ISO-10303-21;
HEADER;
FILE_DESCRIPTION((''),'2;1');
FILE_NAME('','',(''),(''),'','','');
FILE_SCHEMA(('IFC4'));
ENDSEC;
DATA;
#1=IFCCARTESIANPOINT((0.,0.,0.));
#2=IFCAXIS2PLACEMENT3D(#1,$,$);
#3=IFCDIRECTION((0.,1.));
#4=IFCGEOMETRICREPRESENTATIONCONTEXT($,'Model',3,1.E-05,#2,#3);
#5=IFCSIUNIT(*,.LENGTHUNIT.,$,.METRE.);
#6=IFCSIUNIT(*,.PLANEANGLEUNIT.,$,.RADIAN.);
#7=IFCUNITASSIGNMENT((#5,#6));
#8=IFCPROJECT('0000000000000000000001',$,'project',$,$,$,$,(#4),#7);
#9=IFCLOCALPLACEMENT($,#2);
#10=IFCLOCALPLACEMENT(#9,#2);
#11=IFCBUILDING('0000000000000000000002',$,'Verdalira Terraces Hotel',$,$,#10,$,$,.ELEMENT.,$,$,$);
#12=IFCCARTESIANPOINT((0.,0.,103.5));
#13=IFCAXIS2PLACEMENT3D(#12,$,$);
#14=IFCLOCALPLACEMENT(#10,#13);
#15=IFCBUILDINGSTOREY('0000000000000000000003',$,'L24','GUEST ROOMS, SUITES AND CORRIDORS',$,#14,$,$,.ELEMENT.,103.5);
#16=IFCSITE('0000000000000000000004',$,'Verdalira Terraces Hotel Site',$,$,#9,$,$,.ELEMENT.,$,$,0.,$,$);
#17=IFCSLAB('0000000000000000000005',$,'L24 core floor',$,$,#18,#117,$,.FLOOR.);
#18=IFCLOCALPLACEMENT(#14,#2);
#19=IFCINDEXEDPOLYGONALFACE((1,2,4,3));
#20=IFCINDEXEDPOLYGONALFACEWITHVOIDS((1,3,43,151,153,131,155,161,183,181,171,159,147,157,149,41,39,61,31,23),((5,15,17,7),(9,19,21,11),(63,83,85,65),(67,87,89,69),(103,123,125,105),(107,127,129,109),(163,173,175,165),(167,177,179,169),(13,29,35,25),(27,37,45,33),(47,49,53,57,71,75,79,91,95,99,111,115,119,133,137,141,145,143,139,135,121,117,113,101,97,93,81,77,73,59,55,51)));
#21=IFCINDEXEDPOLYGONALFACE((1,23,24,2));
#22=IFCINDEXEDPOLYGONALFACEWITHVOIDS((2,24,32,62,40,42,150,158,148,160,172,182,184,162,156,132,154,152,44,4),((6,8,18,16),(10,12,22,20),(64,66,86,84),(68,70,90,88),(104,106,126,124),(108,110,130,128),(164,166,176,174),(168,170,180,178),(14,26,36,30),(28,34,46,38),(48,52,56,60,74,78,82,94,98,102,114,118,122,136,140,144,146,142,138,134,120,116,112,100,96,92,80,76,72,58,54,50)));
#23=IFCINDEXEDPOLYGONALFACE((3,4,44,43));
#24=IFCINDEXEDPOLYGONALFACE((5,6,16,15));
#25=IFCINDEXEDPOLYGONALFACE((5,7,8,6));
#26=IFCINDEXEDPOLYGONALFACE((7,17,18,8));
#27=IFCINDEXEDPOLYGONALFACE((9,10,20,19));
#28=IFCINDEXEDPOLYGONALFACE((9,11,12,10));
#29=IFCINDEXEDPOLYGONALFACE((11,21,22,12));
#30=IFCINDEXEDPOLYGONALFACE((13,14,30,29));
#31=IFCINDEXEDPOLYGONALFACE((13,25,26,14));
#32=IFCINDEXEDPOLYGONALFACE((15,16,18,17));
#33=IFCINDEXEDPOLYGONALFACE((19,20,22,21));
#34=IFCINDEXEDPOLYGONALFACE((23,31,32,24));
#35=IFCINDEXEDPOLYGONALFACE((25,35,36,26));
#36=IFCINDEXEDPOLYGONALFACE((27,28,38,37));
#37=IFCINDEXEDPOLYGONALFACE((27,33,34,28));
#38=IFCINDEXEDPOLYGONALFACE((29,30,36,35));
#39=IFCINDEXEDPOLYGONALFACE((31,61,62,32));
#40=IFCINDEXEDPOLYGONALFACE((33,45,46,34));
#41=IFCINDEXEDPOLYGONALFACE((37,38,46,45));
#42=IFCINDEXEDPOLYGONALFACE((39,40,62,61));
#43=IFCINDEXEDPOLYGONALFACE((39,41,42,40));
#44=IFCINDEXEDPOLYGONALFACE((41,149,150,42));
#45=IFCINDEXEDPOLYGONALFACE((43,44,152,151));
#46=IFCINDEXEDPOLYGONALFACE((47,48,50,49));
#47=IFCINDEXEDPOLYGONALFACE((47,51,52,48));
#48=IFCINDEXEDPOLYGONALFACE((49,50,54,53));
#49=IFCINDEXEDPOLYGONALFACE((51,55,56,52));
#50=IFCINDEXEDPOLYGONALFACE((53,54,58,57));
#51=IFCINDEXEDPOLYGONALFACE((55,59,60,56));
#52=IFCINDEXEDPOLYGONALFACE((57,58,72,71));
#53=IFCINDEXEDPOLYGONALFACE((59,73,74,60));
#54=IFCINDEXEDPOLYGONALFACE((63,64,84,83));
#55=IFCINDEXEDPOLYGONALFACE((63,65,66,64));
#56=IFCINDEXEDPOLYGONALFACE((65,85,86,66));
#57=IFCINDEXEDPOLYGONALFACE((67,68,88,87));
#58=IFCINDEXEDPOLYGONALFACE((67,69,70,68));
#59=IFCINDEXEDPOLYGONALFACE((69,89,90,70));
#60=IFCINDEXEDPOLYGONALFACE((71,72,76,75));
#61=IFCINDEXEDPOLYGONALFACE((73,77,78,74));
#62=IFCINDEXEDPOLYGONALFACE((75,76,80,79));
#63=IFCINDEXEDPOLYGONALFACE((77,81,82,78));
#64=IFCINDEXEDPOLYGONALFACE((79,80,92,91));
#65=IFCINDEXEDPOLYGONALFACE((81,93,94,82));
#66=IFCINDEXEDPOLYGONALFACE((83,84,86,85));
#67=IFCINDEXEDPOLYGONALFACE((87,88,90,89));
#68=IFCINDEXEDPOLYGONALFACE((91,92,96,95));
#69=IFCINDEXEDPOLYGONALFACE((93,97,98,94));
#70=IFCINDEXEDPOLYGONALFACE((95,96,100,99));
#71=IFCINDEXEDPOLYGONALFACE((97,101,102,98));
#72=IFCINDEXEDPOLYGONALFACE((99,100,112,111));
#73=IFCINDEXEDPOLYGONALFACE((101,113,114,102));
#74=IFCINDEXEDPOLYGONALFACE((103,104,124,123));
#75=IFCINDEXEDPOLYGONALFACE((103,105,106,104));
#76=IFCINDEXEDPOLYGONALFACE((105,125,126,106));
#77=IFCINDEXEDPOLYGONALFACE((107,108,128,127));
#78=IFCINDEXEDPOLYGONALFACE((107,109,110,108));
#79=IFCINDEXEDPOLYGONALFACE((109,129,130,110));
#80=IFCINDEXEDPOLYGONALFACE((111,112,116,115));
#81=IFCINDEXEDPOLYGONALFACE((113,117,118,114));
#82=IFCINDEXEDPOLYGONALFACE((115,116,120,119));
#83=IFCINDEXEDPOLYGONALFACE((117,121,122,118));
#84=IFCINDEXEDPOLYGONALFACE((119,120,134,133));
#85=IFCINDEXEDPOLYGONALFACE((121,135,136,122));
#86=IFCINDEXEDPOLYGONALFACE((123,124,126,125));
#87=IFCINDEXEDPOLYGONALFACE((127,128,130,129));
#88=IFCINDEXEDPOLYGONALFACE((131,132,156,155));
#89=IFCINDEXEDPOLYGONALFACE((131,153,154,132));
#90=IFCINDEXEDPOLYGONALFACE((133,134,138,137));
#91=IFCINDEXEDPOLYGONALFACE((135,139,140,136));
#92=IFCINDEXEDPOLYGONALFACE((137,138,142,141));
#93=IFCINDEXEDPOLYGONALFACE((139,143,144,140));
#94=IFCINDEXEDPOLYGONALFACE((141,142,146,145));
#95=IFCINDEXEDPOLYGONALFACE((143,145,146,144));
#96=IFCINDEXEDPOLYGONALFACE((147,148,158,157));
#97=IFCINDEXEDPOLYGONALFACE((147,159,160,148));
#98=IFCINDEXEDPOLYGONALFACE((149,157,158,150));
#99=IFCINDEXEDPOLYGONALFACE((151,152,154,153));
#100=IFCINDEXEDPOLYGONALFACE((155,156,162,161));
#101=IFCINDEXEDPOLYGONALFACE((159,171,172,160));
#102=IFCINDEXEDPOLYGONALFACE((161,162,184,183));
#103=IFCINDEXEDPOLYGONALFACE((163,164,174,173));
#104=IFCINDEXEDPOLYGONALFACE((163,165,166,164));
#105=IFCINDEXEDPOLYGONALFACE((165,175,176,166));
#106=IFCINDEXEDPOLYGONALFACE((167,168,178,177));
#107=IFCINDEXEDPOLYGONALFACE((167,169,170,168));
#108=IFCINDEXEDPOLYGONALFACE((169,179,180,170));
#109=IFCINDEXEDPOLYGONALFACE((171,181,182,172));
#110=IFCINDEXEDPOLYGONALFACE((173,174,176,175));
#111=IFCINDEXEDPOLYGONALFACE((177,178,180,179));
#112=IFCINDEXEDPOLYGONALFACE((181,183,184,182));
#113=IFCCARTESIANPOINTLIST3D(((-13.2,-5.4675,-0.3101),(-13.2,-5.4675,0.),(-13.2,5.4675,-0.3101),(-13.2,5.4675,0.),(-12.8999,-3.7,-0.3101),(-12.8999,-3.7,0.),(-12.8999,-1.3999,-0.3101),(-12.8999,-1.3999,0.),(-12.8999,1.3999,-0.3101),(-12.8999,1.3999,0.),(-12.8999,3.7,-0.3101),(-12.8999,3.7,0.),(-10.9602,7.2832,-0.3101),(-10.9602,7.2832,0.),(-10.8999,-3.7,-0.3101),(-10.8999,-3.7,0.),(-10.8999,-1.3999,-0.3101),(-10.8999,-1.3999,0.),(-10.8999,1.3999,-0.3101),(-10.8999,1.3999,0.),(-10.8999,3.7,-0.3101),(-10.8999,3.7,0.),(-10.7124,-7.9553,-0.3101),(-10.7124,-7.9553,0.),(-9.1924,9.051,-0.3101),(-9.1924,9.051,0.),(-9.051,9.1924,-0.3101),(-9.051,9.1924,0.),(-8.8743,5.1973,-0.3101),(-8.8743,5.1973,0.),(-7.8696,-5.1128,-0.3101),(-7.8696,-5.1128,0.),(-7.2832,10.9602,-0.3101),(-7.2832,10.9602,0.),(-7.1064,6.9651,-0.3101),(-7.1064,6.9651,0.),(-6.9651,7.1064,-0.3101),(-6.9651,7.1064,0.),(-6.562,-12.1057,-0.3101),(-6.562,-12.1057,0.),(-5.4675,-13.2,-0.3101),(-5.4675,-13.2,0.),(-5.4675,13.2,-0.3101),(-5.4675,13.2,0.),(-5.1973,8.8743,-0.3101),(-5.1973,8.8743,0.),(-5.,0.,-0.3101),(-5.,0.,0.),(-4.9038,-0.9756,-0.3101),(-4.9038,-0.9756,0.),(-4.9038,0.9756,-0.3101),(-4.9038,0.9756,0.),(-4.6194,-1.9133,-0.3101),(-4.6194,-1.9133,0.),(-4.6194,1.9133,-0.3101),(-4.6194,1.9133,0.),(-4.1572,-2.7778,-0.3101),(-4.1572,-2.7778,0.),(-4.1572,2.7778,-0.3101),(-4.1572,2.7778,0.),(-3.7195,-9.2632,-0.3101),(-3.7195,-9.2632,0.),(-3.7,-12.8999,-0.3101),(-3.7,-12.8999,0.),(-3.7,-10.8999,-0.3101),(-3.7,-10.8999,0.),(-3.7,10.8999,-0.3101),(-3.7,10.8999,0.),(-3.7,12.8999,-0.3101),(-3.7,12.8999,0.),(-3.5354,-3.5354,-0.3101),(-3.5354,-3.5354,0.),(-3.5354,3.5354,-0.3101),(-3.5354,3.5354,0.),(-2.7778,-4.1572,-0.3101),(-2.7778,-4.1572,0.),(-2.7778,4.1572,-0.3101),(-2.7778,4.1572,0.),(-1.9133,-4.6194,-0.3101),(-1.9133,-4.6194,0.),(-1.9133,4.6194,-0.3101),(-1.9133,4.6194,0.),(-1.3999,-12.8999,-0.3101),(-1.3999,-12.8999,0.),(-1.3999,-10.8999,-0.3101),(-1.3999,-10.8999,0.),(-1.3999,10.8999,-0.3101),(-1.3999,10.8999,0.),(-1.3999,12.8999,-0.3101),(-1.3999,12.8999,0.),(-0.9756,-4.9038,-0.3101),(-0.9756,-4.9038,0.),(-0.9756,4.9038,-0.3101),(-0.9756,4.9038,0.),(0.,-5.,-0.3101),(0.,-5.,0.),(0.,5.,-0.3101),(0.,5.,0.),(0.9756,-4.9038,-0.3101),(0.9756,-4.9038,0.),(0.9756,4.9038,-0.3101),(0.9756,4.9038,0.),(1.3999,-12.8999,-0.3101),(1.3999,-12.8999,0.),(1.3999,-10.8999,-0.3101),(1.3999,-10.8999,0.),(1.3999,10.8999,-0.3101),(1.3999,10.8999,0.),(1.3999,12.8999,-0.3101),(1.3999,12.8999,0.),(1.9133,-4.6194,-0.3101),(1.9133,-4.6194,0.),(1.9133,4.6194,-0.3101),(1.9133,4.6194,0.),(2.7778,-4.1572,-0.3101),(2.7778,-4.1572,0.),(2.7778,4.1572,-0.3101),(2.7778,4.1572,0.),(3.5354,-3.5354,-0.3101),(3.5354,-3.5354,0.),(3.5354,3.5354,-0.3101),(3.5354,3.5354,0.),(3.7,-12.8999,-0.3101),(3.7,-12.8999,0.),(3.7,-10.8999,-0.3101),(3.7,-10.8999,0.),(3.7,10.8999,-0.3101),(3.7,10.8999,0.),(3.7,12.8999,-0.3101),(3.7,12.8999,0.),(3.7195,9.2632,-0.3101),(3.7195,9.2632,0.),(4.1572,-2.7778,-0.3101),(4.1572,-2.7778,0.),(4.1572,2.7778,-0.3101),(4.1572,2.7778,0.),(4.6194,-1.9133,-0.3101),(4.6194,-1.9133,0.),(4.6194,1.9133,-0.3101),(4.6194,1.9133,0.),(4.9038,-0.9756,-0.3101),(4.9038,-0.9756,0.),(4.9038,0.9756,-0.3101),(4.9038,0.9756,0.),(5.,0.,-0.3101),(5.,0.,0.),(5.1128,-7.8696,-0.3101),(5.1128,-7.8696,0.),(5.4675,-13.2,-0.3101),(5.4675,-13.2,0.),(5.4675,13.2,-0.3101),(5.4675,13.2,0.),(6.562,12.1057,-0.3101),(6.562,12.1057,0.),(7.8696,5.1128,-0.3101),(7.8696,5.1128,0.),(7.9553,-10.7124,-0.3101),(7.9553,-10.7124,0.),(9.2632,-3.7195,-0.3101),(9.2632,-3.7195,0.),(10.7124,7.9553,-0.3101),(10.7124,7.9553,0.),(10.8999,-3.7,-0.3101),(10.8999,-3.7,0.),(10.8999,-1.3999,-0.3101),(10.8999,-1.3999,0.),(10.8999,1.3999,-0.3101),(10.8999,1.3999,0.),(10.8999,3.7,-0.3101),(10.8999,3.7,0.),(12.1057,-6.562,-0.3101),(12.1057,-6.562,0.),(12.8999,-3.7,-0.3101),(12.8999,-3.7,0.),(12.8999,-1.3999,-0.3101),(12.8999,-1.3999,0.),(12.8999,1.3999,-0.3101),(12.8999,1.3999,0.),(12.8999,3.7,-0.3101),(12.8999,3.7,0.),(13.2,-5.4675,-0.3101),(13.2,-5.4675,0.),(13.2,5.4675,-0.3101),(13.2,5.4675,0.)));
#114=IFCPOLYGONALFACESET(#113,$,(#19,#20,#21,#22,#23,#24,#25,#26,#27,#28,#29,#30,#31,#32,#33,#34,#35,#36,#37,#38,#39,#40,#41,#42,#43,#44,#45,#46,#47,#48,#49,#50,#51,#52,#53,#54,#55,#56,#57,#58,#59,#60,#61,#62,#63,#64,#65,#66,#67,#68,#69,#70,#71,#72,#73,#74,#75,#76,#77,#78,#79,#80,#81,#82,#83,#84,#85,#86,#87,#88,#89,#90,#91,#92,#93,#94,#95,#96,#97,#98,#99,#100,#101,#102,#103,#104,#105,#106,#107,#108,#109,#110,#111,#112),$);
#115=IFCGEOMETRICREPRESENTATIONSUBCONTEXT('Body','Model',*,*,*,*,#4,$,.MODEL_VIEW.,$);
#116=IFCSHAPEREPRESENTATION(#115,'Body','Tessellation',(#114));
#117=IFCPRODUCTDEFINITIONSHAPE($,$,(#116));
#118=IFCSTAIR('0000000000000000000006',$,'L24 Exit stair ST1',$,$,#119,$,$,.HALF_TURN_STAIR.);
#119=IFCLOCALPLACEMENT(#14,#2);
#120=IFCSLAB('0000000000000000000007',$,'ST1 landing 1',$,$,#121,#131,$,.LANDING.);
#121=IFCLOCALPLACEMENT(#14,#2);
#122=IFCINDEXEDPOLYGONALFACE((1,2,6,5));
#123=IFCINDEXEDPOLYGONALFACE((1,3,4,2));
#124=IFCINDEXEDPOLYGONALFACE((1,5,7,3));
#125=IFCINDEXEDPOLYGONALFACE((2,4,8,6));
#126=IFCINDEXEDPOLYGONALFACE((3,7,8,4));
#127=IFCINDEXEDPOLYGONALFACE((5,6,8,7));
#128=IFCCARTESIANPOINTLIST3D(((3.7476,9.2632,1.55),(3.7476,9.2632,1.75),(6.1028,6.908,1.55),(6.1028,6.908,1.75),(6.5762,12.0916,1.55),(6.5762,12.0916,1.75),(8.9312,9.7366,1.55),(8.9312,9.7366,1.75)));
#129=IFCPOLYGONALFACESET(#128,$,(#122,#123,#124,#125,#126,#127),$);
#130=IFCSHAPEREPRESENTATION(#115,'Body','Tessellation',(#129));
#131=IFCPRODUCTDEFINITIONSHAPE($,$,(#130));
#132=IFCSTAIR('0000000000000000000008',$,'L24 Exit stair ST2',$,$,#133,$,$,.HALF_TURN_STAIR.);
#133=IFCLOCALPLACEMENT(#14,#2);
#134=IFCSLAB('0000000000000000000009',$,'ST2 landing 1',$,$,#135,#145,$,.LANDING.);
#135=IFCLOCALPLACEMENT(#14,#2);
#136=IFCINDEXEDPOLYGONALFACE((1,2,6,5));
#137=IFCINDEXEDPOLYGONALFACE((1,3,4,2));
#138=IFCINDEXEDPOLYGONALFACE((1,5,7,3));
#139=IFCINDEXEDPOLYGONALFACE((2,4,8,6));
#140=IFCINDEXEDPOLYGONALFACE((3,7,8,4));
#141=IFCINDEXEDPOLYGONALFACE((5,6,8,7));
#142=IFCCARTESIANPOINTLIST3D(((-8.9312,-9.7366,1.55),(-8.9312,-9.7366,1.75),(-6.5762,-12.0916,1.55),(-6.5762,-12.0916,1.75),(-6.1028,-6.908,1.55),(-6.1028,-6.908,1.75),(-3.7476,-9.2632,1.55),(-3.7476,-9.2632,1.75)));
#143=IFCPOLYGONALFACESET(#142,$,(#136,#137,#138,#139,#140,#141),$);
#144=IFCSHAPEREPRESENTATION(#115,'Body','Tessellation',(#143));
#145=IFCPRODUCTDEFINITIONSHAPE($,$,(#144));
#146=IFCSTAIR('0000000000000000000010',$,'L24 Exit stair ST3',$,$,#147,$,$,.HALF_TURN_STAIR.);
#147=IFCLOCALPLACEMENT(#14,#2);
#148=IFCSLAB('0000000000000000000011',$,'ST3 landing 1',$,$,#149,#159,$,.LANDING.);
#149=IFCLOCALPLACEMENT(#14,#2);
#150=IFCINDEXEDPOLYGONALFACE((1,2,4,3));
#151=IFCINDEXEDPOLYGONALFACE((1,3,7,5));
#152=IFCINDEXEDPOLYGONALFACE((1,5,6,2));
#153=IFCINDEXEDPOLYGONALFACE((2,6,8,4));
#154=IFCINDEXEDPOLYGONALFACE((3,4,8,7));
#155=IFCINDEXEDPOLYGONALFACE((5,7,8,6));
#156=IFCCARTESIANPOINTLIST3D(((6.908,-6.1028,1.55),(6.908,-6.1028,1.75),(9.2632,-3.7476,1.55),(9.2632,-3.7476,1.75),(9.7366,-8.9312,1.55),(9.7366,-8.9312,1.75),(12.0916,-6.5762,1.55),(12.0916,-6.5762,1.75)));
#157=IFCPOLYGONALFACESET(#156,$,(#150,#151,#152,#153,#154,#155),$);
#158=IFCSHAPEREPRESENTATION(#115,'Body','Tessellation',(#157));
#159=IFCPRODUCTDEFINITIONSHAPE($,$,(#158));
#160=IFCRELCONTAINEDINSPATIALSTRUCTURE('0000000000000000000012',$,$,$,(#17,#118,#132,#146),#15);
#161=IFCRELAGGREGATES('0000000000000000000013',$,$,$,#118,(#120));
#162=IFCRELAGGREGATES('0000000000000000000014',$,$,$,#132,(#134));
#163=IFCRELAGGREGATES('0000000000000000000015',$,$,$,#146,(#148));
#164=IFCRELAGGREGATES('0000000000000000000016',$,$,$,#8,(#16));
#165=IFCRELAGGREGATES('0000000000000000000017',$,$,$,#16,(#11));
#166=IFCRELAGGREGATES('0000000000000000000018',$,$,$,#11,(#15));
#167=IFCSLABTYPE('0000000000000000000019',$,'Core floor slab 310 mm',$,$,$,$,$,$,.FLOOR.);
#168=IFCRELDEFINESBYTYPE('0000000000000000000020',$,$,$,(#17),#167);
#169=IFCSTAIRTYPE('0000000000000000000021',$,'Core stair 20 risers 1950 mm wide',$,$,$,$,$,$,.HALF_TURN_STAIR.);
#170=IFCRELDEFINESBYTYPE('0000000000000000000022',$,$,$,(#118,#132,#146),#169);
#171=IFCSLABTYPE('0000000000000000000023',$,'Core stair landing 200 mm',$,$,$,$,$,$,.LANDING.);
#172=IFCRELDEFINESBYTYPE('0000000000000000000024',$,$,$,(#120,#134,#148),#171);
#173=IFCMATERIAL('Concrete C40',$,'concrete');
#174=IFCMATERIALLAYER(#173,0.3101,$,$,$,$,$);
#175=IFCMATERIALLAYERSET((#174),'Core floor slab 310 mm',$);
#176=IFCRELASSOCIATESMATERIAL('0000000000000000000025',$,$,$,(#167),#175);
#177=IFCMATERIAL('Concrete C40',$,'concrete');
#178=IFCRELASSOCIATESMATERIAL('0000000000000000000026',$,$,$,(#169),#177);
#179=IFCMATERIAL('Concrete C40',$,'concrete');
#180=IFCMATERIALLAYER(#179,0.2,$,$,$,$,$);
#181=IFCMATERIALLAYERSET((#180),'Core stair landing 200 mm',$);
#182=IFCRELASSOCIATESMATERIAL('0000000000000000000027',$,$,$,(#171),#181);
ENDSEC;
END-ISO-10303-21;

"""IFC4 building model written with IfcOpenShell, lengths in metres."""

from ifc_helpers import new_model, si_unit, direction, frame, origin, place, context, subcontext, project, spatial, polyline, outline, extrude, material, layer, layer_set, type_object, element, aggregate, save


model = new_model("IFC4")

# Units and contexts
model_context = context("Model", 3, precision=1e-05, world=origin(), true_north=direction((0.0, 1.0)))
body_context = subcontext(model_context, "Body", "Model", "MODEL_VIEW")
ifc_project = project(units=[si_unit("LENGTHUNIT", "METRE"), si_unit("PLANEANGLEUNIT", "RADIAN")], contexts=[model_context])

# Site, building, storey
site_placement = place(None, origin())
site = spatial("IfcSite", under=ifc_project, at=site_placement, Name="Verdalira Terraces Hotel Site", CompositionType="ELEMENT", RefElevation=0.0)
building_placement = place(site_placement, origin())
building = spatial("IfcBuilding", under=site, at=building_placement, Name="Verdalira Terraces Hotel", CompositionType="ELEMENT")
storey_placement = place(building_placement, frame((0.0, 0.0, 103.5)))
storey = spatial("IfcBuildingStorey", under=building, at=storey_placement, Name="L24", Description="GUEST ROOMS, SUITES AND CORRIDORS", CompositionType="ELEMENT", Elevation=103.5)

# Slab
ifc_material_1 = material(Name="Concrete C40", Category="concrete")
ifc_layer_1 = layer(ifc_material_1, 0.3101)
ifc_layer_set_1 = layer_set([ifc_layer_1], Name="Core floor slab 310 mm")
slab_type_1 = type_object("IfcSlabType", Name="Core floor slab 310 mm", PredefinedType="FLOOR", material=ifc_layer_set_1)
slab_1_placement = place(storey_placement, frame((0.0, 0.0, -0.3101)))
element("IfcSlab", 1, at=slab_1_placement, inside=storey, type_object=slab_type_1, Name="L24 core floor", PredefinedType="FLOOR", context=body_context, shape_type="SweptSolid", body=[
    extrude(outline(polyline([(-5.4675, 13.2), (5.4675, 13.2), (6.562, 12.1057), (3.7195, 9.2632), (7.8696, 5.1128), (10.7124, 7.9553), (13.2, 5.4675), (13.2, -5.4675), (12.1057, -6.562), (9.2632, -3.7195), (5.1128, -7.8696), (7.9553, -10.7124), (5.4675, -13.2), (-5.4675, -13.2), (-6.562, -12.1057), (-3.7195, -9.2632), (-7.8696, -5.1128), (-10.7124, -7.9553), (-13.2, -5.4675), (-13.2, 5.4675), (-5.4675, 13.2)]), holes=[polyline([(12.8999, -3.7), (12.8999, -1.3999), (10.8999, -1.3999), (10.8999, -3.7), (12.8999, -3.7)]), polyline([(12.8999, 1.3999), (12.8999, 3.7), (10.8999, 3.7), (10.8999, 1.3999), (12.8999, 1.3999)]), polyline([(1.3999, 10.8999), (3.7, 10.8999), (3.7, 12.8999), (1.3999, 12.8999), (1.3999, 10.8999)]), polyline([(-3.7, 10.8999), (-1.3999, 10.8999), (-1.3999, 12.8999), (-3.7, 12.8999), (-3.7, 10.8999)]), polyline([(-12.8999, 3.7), (-12.8999, 1.3999), (-10.8999, 1.3999), (-10.8999, 3.7), (-12.8999, 3.7)]), polyline([(-12.8999, -1.3999), (-12.8999, -3.7), (-10.8999, -3.7), (-10.8999, -1.3999), (-12.8999, -1.3999)]), polyline([(-1.3999, -10.8999), (-3.7, -10.8999), (-3.7, -12.8999), (-1.3999, -12.8999), (-1.3999, -10.8999)]), polyline([(3.7, -10.8999), (1.3999, -10.8999), (1.3999, -12.8999), (3.7, -12.8999), (3.7, -10.8999)]), polyline([(-9.051, 9.1924), (-6.9651, 7.1064), (-5.1973, 8.8743), (-7.2832, 10.9602), (-9.051, 9.1924)]), polyline([(-9.1924, 9.051), (-10.9602, 7.2832), (-8.8743, 5.1973), (-7.1064, 6.9651), (-9.1924, 9.051)]), polyline([(3.5354, 3.5354), (2.7778, 4.1572), (1.9133, 4.6194), (0.9756, 4.9038), (0.0, 5.0), (-0.9756, 4.9038), (-1.9133, 4.6194), (-2.7778, 4.1572), (-3.5354, 3.5354), (-4.1572, 2.7778), (-4.6194, 1.9133), (-4.9038, 0.9756), (-5.0, 0.0), (-4.9038, -0.9756), (-4.6194, -1.9133), (-4.1572, -2.7778), (-3.5354, -3.5354), (-2.7778, -4.1572), (-1.9133, -4.6194), (-0.9756, -4.9038), (0.0, -5.0), (0.9756, -4.9038), (1.9133, -4.6194), (2.7778, -4.1572), (3.5354, -3.5354), (4.1572, -2.7778), (4.6194, -1.9133), (4.9038, -0.9756), (5.0, 0.0), (4.9038, 0.9756), (4.6194, 1.9133), (4.1572, 2.7778), (3.5354, 3.5354)])]), origin(), (0.0, 0.0, 1.0), 0.3101),
])

# Stairs, slabs
ifc_material_2 = material(Name="Concrete C40", Category="concrete")
stair_type = type_object("IfcStairType", Name="Core stair 20 risers 1950 mm wide", PredefinedType="HALF_TURN_STAIR", material=ifc_material_2)
stair_1_placement = place(storey_placement, origin())
stair_1 = element("IfcStair", 2, at=stair_1_placement, inside=storey, type_object=stair_type, Name="L24 Exit stair ST1", PredefinedType="HALF_TURN_STAIR")
ifc_material_3 = material(Name="Concrete C40", Category="concrete")
ifc_layer_2 = layer(ifc_material_3, 0.2)
ifc_layer_set_2 = layer_set([ifc_layer_2], Name="Core stair landing 200 mm")
slab_type_2 = type_object("IfcSlabType", Name="Core stair landing 200 mm", PredefinedType="LANDING", material=ifc_layer_set_2)
slab_2_placement = place(storey_placement, frame((0.0, 0.0, 1.55)))
slab_2 = element("IfcSlab", 3, at=slab_2_placement, type_object=slab_type_2, Name="ST1 landing 1", PredefinedType="LANDING", context=body_context, shape_type="SweptSolid", body=[
    extrude(outline(polyline([(8.9312, 9.7366), (6.5762, 12.0916), (3.7476, 9.2632), (6.1028, 6.908), (8.9312, 9.7366)])), origin(), (0.0, 0.0, 1.0), 0.2),
])
aggregate(stair_1, [slab_2])
stair_2_placement = place(storey_placement, origin())
stair_2 = element("IfcStair", 4, at=stair_2_placement, inside=storey, type_object=stair_type, Name="L24 Exit stair ST2", PredefinedType="HALF_TURN_STAIR")
slab_3_placement = place(storey_placement, frame((0.0, 0.0, 1.55)))
slab_3 = element("IfcSlab", 5, at=slab_3_placement, type_object=slab_type_2, Name="ST2 landing 1", PredefinedType="LANDING", context=body_context, shape_type="SweptSolid", body=[
    extrude(outline(polyline([(-8.9312, -9.7366), (-6.5762, -12.0916), (-3.7476, -9.2632), (-6.1028, -6.908), (-8.9312, -9.7366)])), origin(), (0.0, 0.0, 1.0), 0.2),
])
aggregate(stair_2, [slab_3])
stair_3_placement = place(storey_placement, origin())
stair_3 = element("IfcStair", 6, at=stair_3_placement, inside=storey, type_object=stair_type, Name="L24 Exit stair ST3", PredefinedType="HALF_TURN_STAIR")
slab_4_placement = place(storey_placement, frame((0.0, 0.0, 1.55)))
slab_4 = element("IfcSlab", 7, at=slab_4_placement, type_object=slab_type_2, Name="ST3 landing 1", PredefinedType="LANDING", context=body_context, shape_type="SweptSolid", body=[
    extrude(outline(polyline([(9.7366, -8.9312), (12.0916, -6.5762), (9.2632, -3.7476), (6.908, -6.1028), (9.7366, -8.9312)])), origin(), (0.0, 0.0, 1.0), 0.2),
])
aggregate(stair_3, [slab_4])

save(model, "model.ifc")
